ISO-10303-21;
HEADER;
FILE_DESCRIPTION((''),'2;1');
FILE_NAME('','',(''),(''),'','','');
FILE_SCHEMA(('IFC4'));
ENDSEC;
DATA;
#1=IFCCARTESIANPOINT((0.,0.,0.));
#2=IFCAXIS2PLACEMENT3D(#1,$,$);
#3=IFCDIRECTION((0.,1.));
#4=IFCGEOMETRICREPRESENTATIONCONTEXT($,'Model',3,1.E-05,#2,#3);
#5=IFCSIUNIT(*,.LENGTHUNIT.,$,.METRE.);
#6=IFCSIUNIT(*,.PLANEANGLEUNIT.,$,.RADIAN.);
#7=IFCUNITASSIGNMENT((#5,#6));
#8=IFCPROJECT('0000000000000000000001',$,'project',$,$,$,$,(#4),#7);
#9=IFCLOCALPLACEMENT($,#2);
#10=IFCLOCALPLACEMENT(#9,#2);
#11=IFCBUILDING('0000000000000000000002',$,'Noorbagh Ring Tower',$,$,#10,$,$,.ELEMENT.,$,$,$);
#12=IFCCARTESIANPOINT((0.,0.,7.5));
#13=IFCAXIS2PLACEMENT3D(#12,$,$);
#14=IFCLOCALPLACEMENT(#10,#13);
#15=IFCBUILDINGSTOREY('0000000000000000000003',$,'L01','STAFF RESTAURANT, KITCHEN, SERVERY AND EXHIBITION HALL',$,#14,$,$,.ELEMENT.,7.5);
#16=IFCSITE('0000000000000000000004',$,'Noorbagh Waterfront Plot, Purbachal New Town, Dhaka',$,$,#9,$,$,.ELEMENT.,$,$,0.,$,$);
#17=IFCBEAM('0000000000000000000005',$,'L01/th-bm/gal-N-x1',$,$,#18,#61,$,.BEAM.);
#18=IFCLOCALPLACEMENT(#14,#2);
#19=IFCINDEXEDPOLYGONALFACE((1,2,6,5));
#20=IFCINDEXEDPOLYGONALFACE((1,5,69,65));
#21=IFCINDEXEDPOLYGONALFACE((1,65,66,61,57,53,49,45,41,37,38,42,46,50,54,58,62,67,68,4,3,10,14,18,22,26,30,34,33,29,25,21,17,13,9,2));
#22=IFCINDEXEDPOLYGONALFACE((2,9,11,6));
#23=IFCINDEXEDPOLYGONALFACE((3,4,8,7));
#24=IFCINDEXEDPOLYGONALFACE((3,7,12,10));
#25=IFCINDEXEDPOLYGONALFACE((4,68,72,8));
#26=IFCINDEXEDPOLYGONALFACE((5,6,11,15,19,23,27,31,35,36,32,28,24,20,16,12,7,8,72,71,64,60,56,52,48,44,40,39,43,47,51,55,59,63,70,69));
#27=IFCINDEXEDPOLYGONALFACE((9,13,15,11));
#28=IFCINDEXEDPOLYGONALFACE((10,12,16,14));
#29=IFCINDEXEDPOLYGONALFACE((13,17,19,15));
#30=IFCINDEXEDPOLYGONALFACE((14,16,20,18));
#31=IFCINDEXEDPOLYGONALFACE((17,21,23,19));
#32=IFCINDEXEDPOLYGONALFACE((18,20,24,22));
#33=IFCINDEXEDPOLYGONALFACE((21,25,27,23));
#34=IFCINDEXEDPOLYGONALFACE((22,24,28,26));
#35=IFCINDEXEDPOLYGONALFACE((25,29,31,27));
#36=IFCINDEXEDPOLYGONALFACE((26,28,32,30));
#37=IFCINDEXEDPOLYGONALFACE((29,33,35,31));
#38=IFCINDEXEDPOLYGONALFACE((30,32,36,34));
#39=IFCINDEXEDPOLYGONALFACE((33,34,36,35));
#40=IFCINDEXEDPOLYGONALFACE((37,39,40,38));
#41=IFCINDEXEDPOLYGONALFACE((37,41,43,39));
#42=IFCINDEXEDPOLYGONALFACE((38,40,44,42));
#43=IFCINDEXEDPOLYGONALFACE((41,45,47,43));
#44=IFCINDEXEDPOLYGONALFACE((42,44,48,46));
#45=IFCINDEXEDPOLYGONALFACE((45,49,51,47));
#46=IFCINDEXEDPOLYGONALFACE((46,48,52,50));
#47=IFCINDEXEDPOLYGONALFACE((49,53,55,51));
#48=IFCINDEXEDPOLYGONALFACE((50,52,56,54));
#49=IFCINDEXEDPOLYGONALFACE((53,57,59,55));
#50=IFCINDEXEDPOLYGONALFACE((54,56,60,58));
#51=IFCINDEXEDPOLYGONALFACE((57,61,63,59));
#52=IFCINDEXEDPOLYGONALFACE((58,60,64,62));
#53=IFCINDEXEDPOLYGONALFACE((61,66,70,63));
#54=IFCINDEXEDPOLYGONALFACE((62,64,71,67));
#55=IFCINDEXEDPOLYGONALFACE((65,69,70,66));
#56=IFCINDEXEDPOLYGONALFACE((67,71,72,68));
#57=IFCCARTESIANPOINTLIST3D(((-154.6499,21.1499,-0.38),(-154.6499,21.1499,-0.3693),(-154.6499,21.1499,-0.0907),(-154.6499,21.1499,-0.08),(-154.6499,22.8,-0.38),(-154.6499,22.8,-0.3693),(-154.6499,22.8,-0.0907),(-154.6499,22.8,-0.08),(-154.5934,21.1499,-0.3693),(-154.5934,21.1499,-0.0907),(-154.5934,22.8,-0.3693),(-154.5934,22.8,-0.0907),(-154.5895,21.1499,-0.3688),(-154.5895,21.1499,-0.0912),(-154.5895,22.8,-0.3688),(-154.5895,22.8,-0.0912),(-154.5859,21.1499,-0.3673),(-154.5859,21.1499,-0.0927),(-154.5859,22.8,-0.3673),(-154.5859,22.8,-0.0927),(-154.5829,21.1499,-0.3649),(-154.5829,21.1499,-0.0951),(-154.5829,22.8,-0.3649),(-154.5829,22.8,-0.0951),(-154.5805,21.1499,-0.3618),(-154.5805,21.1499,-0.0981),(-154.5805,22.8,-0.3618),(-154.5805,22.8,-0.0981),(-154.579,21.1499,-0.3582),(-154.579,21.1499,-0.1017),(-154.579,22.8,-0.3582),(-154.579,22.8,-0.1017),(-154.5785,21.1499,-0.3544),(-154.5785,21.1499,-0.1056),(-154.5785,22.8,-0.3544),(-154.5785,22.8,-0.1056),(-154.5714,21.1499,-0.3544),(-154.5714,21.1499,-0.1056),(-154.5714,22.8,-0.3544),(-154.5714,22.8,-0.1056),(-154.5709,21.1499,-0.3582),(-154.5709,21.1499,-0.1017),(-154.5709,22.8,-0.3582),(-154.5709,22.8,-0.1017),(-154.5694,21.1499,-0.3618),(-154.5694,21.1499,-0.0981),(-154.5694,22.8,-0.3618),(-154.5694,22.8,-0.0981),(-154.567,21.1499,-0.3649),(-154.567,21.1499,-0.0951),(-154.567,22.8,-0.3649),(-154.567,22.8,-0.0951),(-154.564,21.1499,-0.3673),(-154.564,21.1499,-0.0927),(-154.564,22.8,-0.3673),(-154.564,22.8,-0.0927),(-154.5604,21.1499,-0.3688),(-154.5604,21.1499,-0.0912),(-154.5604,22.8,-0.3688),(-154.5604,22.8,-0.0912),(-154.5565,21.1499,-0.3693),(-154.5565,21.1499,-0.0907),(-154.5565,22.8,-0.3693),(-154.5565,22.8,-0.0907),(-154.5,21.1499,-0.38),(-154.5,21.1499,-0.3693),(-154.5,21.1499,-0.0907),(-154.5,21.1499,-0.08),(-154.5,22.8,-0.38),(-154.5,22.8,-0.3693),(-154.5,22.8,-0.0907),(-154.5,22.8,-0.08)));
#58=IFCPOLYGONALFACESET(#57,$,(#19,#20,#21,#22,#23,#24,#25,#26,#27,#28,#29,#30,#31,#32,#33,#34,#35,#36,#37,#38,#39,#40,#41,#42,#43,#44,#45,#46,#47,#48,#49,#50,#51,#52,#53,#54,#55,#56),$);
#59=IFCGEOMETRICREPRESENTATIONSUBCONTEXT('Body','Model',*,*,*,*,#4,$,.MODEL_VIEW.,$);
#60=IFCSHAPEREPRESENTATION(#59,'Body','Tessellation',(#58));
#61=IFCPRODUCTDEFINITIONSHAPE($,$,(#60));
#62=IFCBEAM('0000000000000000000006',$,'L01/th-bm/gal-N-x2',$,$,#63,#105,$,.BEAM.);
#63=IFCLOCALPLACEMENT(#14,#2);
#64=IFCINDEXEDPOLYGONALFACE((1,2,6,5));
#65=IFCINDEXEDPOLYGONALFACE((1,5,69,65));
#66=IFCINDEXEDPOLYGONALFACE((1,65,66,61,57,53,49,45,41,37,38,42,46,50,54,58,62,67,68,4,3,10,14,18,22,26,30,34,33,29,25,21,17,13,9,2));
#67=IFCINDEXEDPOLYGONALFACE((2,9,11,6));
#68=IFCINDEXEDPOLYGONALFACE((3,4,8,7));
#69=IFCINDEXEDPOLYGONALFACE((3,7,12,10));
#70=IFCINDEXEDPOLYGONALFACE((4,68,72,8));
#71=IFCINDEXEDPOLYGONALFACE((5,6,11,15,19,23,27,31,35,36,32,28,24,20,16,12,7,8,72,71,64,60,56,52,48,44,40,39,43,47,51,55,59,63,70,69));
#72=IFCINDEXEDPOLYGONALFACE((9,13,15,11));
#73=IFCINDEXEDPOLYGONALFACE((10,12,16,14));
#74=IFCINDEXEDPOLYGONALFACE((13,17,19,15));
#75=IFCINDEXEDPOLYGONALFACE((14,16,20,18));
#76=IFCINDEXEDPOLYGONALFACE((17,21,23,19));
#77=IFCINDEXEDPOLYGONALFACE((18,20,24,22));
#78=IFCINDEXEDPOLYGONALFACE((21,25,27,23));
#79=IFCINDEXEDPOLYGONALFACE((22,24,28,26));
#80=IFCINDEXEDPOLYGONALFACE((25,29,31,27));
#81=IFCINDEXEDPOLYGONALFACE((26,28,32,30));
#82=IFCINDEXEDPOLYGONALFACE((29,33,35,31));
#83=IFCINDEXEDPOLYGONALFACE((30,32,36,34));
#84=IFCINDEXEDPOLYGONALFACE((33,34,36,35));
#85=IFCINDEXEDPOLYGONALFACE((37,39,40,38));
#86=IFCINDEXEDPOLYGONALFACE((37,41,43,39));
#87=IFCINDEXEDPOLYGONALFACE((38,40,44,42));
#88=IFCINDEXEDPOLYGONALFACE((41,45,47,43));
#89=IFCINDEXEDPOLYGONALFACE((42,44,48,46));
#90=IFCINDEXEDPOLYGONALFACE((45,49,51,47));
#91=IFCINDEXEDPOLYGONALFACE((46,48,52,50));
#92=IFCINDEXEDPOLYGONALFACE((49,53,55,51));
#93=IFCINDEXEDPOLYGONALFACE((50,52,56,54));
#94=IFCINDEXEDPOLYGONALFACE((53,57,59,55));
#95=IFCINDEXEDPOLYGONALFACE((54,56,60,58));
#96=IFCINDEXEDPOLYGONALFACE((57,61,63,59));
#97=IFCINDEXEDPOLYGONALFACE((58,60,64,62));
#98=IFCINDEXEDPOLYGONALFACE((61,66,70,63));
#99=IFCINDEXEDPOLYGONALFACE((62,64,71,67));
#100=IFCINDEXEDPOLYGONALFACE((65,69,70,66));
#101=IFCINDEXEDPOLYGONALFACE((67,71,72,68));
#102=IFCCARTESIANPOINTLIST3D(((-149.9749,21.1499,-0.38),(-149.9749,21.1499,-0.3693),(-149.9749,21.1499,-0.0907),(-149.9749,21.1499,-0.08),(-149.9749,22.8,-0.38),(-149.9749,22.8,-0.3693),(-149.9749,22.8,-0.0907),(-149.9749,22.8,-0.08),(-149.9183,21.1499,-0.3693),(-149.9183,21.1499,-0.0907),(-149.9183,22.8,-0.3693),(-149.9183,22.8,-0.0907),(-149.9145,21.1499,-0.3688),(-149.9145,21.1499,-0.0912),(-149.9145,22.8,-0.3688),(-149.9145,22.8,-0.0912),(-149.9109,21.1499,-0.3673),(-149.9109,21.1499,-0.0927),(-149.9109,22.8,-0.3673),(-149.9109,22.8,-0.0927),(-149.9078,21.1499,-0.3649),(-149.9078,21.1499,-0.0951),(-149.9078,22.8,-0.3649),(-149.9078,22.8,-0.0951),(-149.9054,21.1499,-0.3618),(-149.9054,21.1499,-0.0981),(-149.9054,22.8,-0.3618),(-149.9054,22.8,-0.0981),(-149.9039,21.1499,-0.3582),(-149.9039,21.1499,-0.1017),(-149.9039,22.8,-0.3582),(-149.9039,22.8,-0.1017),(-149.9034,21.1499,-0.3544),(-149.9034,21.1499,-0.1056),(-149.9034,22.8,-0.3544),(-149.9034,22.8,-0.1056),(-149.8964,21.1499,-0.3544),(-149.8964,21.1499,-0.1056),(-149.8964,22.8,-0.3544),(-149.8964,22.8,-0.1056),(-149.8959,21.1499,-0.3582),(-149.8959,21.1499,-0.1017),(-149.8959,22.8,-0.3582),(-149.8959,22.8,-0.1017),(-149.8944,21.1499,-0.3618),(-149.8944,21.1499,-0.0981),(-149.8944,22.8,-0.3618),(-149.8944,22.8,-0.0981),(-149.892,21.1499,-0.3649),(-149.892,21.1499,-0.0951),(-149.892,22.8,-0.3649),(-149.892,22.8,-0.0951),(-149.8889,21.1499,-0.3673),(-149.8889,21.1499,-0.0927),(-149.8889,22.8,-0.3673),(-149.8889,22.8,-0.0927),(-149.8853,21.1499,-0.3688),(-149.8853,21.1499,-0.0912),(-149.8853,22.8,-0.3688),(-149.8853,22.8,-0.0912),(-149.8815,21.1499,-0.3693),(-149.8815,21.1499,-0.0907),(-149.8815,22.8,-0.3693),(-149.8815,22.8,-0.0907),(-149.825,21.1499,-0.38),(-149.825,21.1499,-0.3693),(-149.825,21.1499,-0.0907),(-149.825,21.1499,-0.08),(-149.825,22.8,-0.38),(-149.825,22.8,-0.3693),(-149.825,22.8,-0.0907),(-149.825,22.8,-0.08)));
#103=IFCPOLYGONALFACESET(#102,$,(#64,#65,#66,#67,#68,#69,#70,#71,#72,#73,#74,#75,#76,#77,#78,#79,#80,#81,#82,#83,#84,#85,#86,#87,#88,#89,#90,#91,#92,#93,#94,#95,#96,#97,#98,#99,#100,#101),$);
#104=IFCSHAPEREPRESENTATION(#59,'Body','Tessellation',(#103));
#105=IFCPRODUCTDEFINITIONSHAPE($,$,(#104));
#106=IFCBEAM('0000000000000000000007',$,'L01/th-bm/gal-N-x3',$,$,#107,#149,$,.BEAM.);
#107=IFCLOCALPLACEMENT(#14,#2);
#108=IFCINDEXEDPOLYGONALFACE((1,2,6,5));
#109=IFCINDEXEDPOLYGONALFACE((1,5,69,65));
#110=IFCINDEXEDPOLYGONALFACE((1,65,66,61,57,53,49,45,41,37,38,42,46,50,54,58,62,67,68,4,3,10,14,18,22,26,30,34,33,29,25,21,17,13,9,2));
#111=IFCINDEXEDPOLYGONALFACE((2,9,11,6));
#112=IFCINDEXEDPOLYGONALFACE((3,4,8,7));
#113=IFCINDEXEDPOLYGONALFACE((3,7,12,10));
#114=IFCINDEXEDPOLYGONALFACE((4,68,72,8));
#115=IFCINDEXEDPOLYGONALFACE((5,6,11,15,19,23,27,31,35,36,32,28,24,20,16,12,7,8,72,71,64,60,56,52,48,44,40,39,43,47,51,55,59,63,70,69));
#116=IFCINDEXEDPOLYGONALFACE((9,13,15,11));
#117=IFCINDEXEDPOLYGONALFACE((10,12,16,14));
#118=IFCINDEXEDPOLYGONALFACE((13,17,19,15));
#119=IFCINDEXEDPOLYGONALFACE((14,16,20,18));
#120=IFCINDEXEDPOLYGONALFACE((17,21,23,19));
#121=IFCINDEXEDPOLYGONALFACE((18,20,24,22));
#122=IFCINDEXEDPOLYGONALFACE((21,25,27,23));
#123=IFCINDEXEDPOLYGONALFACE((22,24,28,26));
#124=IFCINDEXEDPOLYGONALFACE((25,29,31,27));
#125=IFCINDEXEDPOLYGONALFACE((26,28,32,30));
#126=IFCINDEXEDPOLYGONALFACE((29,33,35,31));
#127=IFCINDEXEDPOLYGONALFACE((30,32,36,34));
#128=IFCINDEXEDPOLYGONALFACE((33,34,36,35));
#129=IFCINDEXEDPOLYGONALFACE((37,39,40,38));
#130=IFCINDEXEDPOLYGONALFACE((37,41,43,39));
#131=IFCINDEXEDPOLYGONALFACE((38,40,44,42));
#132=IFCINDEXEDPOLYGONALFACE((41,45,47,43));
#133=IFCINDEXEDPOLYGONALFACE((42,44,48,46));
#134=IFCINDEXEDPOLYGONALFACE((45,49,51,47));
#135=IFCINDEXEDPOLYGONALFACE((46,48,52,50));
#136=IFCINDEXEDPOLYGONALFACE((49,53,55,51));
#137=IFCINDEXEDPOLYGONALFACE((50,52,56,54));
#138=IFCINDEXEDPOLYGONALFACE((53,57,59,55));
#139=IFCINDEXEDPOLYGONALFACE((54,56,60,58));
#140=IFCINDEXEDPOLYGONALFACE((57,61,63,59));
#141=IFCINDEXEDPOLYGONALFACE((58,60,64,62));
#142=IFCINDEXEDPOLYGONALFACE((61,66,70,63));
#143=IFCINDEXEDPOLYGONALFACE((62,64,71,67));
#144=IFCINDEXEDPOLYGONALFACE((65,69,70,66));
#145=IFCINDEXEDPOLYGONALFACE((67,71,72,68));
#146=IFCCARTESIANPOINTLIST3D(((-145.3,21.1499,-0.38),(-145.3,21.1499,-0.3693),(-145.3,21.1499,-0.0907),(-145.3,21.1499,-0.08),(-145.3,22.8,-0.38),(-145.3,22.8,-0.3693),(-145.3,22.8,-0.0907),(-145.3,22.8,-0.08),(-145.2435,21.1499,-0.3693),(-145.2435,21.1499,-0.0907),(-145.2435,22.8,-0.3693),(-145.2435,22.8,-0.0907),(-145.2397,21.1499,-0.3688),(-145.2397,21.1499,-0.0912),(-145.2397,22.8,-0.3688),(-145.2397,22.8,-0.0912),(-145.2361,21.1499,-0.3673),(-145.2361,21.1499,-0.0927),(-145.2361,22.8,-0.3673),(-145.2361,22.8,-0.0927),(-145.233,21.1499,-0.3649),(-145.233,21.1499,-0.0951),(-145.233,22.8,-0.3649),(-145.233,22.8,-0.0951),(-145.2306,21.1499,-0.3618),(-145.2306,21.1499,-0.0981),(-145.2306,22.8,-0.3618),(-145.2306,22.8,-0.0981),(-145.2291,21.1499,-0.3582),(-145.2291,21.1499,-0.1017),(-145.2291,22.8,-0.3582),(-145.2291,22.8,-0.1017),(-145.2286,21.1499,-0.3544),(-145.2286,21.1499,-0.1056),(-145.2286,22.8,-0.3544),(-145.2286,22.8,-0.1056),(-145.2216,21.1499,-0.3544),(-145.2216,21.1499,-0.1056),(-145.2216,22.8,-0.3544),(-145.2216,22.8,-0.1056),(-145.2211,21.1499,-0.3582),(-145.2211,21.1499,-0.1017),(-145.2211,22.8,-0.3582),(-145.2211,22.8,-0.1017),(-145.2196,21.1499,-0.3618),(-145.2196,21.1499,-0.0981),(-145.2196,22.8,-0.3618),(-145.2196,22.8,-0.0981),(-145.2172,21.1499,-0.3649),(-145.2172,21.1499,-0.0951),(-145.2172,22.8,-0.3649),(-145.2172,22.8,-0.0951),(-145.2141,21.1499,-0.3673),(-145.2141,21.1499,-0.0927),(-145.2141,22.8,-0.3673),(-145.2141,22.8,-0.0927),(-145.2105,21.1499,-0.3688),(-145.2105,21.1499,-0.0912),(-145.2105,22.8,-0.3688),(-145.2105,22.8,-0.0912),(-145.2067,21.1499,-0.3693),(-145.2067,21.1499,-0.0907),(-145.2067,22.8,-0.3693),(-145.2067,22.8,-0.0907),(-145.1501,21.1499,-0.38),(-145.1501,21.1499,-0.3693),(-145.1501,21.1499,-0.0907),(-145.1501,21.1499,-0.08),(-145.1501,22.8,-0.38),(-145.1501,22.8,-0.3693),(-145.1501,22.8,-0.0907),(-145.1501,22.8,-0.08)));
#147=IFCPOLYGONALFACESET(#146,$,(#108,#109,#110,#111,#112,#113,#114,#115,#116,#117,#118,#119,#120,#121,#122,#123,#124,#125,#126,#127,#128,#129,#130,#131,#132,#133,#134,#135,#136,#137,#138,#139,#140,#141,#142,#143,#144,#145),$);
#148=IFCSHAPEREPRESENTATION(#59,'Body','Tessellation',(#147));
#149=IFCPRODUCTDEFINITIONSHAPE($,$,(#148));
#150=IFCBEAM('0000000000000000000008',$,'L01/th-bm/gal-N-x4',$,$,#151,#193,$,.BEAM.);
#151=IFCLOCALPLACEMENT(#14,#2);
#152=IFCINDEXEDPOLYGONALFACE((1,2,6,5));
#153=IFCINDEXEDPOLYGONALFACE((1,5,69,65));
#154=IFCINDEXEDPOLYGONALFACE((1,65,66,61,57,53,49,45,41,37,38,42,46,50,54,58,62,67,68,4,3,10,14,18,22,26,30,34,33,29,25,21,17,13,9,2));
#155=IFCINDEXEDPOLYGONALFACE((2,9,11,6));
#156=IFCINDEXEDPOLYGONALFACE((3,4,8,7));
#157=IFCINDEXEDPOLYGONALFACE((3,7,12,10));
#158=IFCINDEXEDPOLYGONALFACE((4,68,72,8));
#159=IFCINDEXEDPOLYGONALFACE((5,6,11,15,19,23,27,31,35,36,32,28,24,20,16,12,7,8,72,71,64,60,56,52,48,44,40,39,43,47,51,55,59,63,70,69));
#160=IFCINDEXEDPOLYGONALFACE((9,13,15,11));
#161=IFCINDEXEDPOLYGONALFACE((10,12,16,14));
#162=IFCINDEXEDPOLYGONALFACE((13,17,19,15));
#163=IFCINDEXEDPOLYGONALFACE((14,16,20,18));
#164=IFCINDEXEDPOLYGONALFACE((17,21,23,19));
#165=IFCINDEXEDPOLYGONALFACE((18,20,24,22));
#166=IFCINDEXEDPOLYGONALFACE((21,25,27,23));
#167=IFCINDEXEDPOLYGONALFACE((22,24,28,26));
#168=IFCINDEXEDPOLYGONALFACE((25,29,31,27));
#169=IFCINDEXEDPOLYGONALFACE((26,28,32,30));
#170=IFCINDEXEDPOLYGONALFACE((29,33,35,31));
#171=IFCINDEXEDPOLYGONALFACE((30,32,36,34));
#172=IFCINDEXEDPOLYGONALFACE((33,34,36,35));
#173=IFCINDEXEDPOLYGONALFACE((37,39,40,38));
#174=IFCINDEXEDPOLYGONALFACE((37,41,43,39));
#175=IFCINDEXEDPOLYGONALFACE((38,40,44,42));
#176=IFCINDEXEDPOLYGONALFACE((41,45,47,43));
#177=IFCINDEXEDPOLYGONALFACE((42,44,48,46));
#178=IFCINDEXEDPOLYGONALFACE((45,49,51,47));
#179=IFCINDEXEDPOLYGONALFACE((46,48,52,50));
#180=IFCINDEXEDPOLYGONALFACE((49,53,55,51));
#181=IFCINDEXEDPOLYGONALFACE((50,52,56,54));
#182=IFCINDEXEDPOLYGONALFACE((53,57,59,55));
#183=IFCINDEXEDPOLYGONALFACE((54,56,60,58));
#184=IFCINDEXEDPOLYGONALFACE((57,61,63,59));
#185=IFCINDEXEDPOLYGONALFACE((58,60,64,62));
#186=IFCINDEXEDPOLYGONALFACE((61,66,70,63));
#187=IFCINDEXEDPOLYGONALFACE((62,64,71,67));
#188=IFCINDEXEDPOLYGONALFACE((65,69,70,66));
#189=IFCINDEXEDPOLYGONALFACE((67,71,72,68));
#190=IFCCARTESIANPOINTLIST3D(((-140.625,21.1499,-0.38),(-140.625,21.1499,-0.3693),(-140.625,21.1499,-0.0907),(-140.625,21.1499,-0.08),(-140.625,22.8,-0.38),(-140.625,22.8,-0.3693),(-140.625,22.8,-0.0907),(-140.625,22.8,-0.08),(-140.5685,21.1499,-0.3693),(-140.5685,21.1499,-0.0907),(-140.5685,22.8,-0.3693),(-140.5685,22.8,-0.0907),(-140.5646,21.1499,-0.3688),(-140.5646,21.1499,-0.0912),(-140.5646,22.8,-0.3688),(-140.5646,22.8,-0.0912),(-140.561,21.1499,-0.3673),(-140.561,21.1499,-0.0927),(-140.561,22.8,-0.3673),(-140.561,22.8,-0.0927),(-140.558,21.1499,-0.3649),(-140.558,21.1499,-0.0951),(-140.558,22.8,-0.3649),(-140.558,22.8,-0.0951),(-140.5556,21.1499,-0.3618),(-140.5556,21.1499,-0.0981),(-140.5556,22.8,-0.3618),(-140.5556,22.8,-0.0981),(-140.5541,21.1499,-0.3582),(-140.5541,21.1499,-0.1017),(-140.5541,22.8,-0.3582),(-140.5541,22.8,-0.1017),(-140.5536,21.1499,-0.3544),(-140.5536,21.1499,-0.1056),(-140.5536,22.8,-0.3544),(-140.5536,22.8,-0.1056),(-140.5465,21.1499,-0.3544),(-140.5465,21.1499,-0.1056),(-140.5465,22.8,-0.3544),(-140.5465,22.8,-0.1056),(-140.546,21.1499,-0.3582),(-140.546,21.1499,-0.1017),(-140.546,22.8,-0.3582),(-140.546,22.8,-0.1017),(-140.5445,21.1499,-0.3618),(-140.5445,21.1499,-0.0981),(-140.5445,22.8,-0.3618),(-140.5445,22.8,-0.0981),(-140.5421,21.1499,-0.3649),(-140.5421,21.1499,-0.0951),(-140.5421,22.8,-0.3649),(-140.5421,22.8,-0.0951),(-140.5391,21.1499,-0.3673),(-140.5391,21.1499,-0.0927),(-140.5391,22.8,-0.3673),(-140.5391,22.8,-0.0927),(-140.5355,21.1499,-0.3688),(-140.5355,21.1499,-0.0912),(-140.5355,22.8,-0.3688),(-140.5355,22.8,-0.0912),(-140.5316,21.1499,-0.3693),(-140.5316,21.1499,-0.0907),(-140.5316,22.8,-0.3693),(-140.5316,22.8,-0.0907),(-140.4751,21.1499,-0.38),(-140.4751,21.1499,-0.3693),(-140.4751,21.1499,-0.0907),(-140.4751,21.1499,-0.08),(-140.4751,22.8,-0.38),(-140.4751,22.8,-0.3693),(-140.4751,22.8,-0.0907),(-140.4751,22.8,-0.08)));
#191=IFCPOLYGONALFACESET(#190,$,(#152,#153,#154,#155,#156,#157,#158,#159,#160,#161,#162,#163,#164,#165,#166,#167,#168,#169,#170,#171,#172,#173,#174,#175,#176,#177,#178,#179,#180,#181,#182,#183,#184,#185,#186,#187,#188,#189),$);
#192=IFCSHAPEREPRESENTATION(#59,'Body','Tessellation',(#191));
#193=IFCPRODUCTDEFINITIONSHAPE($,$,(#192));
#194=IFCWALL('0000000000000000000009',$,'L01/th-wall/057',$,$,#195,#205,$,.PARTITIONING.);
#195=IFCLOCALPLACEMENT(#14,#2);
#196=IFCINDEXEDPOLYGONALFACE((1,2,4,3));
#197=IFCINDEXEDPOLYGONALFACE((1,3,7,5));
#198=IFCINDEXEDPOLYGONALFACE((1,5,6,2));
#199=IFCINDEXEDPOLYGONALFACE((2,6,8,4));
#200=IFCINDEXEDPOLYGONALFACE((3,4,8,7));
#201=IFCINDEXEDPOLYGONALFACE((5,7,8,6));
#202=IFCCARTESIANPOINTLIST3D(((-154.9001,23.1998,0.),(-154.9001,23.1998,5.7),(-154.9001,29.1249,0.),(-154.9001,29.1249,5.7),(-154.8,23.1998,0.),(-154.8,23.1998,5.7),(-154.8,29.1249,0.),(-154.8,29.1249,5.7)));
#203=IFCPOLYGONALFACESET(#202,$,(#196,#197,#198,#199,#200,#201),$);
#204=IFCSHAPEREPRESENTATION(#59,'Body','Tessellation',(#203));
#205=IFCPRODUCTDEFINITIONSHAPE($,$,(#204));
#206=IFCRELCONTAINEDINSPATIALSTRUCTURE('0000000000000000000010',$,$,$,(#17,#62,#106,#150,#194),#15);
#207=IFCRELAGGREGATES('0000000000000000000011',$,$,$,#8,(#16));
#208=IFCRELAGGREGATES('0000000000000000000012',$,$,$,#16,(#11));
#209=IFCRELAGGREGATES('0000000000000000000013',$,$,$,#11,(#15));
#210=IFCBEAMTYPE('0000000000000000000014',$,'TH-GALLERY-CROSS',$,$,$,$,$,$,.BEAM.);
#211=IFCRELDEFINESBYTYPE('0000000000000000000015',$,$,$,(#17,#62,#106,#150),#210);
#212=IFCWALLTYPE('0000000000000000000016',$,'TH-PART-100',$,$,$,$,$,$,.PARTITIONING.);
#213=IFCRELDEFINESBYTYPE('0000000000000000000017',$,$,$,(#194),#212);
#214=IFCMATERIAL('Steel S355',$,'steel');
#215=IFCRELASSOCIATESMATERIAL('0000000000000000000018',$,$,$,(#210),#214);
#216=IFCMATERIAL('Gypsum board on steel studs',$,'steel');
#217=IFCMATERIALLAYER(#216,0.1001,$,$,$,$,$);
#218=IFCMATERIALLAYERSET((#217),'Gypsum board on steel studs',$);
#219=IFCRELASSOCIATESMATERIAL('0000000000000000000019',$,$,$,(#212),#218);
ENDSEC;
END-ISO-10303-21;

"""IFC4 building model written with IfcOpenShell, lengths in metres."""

from ifc_helpers import new_model, si_unit, direction, frame, frame_2d, origin, origin_2d, place, context, subcontext, project, spatial, rectangle, i_section, extrude, material, layer, layer_set, material_profile, profile_set, type_object, element, save


model = new_model("IFC4")

# Units and contexts
model_context = context("Model", 3, precision=1e-05, world=origin(), true_north=direction((0.0, 1.0)))
body_context = subcontext(model_context, "Body", "Model", "MODEL_VIEW")
ifc_project = project(units=[si_unit("LENGTHUNIT", "METRE"), si_unit("PLANEANGLEUNIT", "RADIAN")], contexts=[model_context])

# Site, building, storey
site_placement = place(None, origin())
site = spatial("IfcSite", under=ifc_project, at=site_placement, Name="Noorbagh Waterfront Plot, Purbachal New Town, Dhaka", CompositionType="ELEMENT", RefElevation=0.0)
building_placement = place(site_placement, origin())
building = spatial("IfcBuilding", under=site, at=building_placement, Name="Noorbagh Ring Tower", CompositionType="ELEMENT")
storey_placement = place(building_placement, frame((0.0, 0.0, 7.5)))
storey = spatial("IfcBuildingStorey", under=building, at=storey_placement, Name="L01", Description="STAFF RESTAURANT, KITCHEN, SERVERY AND EXHIBITION HALL", CompositionType="ELEMENT", Elevation=7.5)

# Beams
ifc_material_1 = material(Name="Steel S355", Category="steel")
ifc_material_profile = material_profile(ifc_material_1, i_section(OverallWidth=0.1499, OverallDepth=0.3, WebThickness=0.0071, FlangeThickness=0.0107, FilletRadius=0.0149, at=origin_2d()), Name="IPE300")
ifc_profile_set = profile_set([ifc_material_profile], Name="Steel S355")
beam_type = type_object("IfcBeamType", Name="TH-GALLERY-CROSS", PredefinedType="BEAM", material=ifc_profile_set)
for number, where, z_axis, x_axis, name in (
    (1, (-154.575, 22.8, -0.23), (0.0, -1.0, 0.0), (1.0, 0.0, 0.0), "L01/th-bm/gal-N-x1"),
    (2, (-149.8999, 22.8, -0.23), (0.0, -1.0, 0.0), (1.0, 0.0, 0.0), "L01/th-bm/gal-N-x2"),
    (3, (-145.2251, 22.8, -0.23), (0.0, -1.0, 0.0), (1.0, 0.0, 0.0), "L01/th-bm/gal-N-x3"),
    (4, (-140.55, 22.8, -0.23), (0.0, -1.0, 0.0), (1.0, 0.0, 0.0), "L01/th-bm/gal-N-x4"),
):
    element("IfcBeam", number, at=place(storey_placement, frame(where, z_axis=z_axis, x_axis=x_axis)), inside=storey, type_object=beam_type, Name=name, PredefinedType="BEAM", context=body_context, shape_type="SweptSolid", body=[
        extrude(i_section(OverallWidth=0.1499, OverallDepth=0.3, WebThickness=0.0071, FlangeThickness=0.0107, FilletRadius=0.0149, at=origin_2d()), origin(), (0.0, 0.0, 1.0), 1.6501),
    ])

# Wall
ifc_material_2 = material(Name="Gypsum board on steel studs", Category="steel")
ifc_layer_1 = layer(ifc_material_2, 0.1001)
ifc_layer_set_1 = layer_set([ifc_layer_1], Name="Gypsum board on steel studs")
wall_type_1 = type_object("IfcWallType", Name="TH-PART-100", PredefinedType="PARTITIONING", material=ifc_layer_set_1)
for number, where, z_axis, x_axis, name in (
    (5, (-154.8501, 23.2, 0.0), (0.0, 0.0, 1.0), (0.0, 1.0, 0.0), "L01/th-wall/057"),
):
    element("IfcWall", number, at=place(storey_placement, frame(where, z_axis=z_axis, x_axis=x_axis)), inside=storey, type_object=wall_type_1, Name=name, PredefinedType="PARTITIONING", context=body_context, shape_type="SweptSolid", body=[
        extrude(rectangle(XDim=5.925, YDim=0.1001, at=frame_2d((2.9624, 0.0))), origin(), (0.0, 0.0, 1.0), 5.7),
    ])

save(model, "model.ifc")
